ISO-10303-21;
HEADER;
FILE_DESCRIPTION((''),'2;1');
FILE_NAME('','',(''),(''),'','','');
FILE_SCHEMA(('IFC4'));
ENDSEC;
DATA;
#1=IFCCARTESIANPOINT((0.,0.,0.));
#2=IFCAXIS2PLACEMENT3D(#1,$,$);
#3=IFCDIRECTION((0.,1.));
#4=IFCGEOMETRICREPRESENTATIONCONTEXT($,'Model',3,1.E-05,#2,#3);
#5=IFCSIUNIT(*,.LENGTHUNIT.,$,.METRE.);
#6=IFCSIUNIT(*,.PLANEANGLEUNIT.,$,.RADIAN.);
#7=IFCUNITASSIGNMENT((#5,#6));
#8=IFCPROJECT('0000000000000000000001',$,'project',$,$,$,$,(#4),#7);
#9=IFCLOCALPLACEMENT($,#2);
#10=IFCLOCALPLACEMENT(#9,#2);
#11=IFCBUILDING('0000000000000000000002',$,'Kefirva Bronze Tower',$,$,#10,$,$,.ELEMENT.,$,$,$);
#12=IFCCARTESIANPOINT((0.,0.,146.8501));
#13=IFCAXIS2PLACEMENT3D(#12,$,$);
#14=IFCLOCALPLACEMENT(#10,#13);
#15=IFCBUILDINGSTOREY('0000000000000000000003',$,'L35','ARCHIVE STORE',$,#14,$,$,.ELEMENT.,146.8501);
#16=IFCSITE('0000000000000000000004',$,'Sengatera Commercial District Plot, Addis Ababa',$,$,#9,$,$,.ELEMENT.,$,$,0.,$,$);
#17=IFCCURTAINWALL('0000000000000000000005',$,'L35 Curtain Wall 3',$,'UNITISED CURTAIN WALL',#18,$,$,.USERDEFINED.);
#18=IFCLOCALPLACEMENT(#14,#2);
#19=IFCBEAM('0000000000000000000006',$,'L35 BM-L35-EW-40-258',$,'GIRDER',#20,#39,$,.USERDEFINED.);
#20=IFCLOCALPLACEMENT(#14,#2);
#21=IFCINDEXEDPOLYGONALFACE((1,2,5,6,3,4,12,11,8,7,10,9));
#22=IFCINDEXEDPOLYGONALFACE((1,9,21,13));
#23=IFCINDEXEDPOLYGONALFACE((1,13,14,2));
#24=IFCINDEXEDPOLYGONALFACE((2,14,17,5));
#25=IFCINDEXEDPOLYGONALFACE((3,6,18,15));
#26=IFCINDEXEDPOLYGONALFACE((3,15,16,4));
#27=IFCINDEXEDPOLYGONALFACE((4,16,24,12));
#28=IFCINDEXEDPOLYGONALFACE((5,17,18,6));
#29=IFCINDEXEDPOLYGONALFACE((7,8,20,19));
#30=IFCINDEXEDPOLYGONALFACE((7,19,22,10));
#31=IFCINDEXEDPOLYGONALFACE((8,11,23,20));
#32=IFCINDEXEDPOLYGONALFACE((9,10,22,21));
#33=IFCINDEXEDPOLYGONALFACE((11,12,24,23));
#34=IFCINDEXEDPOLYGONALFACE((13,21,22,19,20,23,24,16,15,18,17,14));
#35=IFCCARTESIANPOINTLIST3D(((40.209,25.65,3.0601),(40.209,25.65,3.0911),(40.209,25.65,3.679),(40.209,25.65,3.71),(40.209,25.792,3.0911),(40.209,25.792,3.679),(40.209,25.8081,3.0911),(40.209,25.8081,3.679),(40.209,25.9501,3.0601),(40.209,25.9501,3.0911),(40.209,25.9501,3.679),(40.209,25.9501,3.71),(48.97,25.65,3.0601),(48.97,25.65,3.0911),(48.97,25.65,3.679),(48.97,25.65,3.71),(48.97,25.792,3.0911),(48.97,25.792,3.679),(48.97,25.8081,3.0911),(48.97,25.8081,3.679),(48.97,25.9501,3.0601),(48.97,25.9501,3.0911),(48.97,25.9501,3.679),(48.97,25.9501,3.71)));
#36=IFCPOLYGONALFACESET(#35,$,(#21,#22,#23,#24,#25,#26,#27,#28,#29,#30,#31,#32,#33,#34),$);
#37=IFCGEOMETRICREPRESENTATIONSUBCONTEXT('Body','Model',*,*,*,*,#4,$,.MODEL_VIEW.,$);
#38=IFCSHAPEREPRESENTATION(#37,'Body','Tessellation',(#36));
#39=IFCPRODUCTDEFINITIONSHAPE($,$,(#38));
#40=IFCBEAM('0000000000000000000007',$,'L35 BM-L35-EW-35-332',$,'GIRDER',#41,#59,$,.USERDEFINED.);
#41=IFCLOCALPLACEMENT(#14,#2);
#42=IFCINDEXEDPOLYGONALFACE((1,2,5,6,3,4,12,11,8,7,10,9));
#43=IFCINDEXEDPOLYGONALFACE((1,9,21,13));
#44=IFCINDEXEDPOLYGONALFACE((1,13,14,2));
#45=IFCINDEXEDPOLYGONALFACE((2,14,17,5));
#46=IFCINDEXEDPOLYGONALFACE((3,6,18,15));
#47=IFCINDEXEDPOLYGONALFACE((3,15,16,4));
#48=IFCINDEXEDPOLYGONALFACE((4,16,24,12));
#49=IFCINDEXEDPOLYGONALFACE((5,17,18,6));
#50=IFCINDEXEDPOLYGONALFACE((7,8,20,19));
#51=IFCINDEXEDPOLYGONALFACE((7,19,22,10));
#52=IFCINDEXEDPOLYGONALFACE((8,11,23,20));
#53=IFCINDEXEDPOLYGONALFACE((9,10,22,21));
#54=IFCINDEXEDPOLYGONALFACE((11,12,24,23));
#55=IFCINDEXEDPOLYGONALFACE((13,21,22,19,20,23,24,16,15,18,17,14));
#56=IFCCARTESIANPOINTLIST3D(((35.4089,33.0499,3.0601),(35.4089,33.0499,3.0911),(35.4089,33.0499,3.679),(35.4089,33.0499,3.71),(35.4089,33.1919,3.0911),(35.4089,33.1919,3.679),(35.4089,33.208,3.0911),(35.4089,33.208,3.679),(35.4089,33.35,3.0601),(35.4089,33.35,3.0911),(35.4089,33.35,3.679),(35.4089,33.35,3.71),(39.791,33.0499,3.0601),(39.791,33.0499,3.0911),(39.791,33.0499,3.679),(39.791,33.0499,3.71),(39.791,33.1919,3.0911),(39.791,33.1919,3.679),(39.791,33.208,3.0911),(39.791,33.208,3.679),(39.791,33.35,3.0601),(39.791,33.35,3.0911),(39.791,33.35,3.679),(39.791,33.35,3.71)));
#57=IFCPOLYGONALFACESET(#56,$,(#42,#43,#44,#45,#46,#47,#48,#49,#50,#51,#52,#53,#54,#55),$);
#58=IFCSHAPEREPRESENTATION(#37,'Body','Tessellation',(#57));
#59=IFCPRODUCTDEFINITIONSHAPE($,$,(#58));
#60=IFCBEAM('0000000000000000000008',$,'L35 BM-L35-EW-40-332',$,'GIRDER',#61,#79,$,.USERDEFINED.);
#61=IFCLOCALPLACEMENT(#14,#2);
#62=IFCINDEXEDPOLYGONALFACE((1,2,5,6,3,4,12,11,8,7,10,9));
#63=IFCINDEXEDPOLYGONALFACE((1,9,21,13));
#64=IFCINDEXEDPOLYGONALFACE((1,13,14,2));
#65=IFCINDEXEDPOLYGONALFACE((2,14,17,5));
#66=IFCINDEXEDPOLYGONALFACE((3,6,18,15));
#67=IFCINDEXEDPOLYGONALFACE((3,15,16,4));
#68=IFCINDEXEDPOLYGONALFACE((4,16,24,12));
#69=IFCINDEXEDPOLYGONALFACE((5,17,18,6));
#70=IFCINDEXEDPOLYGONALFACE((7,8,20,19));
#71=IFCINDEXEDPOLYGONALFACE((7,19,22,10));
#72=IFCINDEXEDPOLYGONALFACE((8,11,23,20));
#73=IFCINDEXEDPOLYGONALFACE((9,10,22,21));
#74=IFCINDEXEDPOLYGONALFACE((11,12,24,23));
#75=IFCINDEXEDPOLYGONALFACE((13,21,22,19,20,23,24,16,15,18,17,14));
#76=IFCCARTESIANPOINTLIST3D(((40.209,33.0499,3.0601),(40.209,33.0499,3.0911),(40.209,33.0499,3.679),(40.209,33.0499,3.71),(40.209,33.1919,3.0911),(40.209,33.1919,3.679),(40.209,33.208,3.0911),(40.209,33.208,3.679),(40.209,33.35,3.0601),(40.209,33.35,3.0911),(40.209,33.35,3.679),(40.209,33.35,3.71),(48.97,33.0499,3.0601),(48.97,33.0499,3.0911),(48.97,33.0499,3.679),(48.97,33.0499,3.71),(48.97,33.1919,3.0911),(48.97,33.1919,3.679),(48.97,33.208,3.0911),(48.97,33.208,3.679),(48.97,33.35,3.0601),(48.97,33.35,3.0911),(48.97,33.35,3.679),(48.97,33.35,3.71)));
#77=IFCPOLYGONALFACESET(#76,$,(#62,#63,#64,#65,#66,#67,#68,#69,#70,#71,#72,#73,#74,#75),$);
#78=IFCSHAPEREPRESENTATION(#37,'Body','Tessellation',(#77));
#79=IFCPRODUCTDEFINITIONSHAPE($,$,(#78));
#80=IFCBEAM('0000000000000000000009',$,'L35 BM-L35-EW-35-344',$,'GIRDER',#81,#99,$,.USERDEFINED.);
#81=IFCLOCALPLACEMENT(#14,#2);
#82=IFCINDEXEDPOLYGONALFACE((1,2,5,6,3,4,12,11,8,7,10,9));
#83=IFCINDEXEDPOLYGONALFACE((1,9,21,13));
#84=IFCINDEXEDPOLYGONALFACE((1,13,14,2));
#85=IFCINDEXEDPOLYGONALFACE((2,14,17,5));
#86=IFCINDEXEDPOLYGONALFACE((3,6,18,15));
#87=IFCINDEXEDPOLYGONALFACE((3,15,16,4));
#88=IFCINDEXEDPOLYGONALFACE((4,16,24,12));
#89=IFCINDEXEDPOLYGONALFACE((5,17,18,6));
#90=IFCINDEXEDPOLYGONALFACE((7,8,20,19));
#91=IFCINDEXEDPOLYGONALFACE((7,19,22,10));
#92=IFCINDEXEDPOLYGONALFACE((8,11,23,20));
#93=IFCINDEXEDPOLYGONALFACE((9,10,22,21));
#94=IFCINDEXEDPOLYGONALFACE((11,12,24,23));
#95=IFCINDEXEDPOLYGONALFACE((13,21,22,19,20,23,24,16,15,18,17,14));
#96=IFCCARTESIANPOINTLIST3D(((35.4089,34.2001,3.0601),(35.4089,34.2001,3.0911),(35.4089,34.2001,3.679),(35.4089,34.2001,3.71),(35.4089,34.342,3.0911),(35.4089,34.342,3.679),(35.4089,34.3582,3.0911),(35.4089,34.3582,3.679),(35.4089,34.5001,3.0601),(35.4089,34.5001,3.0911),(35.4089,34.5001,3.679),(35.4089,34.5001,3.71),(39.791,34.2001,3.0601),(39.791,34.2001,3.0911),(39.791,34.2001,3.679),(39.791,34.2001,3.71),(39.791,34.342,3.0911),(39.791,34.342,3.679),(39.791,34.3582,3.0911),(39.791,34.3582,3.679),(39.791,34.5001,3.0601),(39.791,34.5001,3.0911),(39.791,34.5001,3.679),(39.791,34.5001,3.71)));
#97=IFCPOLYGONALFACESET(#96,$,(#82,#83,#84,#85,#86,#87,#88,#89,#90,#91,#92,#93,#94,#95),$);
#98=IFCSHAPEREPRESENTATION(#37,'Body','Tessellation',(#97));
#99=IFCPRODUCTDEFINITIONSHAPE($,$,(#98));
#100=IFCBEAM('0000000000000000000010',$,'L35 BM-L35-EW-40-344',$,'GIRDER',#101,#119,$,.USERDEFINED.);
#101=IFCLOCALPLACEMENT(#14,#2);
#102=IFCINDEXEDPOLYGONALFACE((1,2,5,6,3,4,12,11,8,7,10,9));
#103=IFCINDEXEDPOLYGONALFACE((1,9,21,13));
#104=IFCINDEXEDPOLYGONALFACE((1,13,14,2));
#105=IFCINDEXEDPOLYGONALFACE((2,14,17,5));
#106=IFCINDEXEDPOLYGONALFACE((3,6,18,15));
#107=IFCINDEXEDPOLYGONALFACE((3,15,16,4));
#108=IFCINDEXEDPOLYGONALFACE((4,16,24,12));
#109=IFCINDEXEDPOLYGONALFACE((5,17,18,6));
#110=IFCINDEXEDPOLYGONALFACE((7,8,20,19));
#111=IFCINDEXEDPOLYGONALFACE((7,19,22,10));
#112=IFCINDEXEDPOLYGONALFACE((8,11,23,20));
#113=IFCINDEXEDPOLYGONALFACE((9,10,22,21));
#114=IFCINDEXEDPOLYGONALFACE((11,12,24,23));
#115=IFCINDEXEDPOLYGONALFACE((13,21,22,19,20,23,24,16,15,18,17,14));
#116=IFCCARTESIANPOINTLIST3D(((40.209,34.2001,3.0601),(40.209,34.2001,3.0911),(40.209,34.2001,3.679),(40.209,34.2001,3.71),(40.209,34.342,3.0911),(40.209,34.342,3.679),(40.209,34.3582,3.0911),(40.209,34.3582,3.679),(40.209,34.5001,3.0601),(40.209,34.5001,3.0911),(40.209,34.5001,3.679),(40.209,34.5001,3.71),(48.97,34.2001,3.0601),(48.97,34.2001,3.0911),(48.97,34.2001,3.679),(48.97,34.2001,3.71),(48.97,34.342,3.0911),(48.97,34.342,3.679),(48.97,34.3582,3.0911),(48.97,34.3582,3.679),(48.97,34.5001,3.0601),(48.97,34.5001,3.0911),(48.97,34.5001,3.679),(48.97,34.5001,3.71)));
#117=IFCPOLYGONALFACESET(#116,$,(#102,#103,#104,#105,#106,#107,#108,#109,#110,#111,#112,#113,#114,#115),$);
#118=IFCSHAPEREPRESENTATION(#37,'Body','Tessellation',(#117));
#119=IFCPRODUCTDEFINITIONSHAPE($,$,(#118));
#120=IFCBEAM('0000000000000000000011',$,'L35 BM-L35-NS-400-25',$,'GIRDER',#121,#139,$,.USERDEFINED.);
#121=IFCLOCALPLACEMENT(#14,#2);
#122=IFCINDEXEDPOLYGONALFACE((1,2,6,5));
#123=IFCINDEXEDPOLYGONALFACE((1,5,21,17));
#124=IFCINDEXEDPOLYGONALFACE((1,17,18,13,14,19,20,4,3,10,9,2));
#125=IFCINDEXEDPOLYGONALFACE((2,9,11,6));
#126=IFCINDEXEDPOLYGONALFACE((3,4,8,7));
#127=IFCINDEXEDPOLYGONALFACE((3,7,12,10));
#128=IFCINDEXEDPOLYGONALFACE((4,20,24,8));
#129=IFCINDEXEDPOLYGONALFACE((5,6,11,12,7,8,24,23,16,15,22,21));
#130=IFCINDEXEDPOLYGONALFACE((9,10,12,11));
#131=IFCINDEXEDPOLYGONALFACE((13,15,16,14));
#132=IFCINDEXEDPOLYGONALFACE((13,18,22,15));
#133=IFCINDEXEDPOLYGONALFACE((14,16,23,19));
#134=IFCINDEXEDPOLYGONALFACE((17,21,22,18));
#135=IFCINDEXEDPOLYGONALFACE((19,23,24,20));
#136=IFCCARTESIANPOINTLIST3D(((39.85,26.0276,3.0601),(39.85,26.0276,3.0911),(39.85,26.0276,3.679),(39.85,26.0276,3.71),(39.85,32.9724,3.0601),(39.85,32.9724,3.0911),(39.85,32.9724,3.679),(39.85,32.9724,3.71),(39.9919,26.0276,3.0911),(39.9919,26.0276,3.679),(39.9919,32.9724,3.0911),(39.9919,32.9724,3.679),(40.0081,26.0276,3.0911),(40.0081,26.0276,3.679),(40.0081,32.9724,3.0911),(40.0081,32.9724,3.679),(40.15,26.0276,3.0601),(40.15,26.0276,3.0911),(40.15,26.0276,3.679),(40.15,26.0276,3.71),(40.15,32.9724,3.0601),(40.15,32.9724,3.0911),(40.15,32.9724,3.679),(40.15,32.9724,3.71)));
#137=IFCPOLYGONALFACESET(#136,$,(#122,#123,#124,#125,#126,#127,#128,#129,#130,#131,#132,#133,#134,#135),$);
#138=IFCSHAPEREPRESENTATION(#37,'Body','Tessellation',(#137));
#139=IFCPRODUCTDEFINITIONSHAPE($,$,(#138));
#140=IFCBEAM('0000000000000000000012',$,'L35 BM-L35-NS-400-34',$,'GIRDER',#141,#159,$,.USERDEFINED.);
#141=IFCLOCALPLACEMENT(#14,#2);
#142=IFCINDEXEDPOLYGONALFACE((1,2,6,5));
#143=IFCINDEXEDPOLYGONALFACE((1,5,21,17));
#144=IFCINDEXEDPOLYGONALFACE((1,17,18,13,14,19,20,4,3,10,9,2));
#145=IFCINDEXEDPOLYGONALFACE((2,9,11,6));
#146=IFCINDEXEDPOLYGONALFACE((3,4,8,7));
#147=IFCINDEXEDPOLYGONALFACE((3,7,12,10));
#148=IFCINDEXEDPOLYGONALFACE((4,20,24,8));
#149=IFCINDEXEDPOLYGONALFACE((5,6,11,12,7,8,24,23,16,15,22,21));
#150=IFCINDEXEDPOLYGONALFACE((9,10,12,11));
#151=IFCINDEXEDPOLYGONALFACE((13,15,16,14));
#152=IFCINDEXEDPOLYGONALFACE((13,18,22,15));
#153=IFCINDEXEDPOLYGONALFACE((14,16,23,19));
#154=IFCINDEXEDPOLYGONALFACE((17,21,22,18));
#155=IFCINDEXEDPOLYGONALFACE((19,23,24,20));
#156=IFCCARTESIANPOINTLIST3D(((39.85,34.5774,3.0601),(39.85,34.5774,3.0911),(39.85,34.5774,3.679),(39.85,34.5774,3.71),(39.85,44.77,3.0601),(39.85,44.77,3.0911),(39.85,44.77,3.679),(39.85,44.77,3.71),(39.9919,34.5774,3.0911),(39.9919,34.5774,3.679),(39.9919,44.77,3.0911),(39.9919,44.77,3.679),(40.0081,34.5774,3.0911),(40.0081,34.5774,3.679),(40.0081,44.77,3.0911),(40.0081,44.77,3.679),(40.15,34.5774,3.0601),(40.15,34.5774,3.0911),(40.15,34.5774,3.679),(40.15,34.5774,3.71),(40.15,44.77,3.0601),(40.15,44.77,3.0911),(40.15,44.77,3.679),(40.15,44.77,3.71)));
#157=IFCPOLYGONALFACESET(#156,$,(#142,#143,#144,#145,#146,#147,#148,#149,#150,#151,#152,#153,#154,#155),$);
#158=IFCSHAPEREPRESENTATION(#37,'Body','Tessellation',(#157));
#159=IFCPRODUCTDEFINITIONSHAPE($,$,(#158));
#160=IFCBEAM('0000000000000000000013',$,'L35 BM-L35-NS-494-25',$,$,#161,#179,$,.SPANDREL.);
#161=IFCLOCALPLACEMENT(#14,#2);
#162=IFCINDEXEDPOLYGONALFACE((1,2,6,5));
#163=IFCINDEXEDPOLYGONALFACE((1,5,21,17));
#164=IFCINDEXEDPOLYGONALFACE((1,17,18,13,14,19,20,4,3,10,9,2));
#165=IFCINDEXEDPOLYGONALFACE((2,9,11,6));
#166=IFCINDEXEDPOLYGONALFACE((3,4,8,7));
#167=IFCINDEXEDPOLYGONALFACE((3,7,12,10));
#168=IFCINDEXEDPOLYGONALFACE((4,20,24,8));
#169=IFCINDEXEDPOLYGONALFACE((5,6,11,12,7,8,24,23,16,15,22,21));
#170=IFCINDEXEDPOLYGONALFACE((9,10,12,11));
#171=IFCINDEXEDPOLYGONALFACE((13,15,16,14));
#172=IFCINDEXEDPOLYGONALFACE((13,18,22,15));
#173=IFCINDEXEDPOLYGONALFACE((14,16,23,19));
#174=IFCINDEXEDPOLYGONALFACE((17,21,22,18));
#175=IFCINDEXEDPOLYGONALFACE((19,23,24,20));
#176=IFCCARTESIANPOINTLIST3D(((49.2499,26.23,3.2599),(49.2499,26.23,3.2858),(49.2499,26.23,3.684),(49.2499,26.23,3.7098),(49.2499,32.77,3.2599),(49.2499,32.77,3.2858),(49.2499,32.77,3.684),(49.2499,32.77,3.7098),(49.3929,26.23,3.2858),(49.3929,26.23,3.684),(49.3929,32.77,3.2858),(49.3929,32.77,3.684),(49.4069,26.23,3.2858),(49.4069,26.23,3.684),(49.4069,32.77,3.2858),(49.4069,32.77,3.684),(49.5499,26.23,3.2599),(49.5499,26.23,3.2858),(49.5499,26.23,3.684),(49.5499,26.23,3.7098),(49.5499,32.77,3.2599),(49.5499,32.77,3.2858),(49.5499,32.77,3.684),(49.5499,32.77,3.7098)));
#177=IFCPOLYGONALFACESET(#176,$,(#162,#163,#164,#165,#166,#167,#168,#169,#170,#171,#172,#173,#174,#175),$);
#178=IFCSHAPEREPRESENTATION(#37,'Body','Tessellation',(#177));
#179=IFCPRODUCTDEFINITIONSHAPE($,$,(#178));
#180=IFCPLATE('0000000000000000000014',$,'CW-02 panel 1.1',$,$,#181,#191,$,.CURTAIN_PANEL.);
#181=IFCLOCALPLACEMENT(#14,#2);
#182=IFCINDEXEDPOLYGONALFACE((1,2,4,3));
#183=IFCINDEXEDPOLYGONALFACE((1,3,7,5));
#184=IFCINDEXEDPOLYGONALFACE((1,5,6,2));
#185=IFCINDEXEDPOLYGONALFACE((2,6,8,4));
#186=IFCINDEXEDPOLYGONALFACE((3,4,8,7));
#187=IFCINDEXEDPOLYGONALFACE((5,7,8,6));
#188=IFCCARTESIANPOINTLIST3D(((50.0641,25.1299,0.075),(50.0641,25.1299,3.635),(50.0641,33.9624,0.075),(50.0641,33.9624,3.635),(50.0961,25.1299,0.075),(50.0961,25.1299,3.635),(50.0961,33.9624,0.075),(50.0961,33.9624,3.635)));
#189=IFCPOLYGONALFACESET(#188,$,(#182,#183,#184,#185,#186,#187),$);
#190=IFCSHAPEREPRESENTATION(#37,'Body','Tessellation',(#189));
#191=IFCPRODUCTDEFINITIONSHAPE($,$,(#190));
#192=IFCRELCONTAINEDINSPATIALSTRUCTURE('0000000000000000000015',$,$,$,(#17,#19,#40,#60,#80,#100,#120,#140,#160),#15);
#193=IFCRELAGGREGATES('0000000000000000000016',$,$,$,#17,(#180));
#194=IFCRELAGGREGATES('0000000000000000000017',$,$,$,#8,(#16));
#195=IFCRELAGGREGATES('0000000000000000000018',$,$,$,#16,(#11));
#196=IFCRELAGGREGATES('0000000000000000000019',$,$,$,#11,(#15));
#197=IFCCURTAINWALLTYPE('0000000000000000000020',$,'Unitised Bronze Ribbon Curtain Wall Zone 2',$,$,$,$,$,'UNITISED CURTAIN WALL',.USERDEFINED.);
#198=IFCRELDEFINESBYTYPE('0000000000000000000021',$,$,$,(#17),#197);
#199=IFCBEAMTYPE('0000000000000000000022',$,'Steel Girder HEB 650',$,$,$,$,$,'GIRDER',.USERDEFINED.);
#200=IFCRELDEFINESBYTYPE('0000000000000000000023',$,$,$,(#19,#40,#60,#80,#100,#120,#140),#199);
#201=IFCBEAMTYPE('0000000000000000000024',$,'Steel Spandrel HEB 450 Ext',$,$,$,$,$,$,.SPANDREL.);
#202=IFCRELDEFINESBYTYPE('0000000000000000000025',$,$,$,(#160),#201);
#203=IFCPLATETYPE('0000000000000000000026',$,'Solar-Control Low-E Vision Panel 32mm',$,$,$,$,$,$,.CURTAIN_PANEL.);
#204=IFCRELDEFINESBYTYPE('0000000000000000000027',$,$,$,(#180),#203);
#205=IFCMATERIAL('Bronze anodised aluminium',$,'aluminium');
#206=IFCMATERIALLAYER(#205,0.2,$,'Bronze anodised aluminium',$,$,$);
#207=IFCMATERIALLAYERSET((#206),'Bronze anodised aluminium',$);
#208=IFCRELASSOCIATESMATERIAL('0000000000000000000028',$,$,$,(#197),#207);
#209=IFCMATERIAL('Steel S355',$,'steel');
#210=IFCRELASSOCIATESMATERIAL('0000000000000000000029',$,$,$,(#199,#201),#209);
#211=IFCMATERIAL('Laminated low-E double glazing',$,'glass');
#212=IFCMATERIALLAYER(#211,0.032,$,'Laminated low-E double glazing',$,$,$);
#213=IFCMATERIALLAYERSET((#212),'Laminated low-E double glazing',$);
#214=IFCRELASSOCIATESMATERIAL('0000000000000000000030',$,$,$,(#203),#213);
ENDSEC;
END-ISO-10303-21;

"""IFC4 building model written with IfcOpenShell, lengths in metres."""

from ifc_helpers import new_model, si_unit, direction, frame, origin, origin_2d, place, context, subcontext, project, spatial, rectangle, i_section, extrude, material, layer, layer_set, material_profile, profile_set, type_object, element, aggregate, save


model = new_model("IFC4")

# Units and contexts
model_context = context("Model", 3, precision=1e-05, world=origin(), true_north=direction((0.0, 1.0)))
body_context = subcontext(model_context, "Body", "Model", "MODEL_VIEW")
ifc_project = project(units=[si_unit("LENGTHUNIT", "METRE"), si_unit("PLANEANGLEUNIT", "RADIAN")], contexts=[model_context])

# Site, building, storey
site_placement = place(None, origin())
site = spatial("IfcSite", under=ifc_project, at=site_placement, Name="Sengatera Commercial District Plot, Addis Ababa", CompositionType="ELEMENT", RefElevation=0.0)
building_placement = place(site_placement, origin())
building = spatial("IfcBuilding", under=site, at=building_placement, Name="Kefirva Bronze Tower", CompositionType="ELEMENT")
storey_placement = place(building_placement, frame((0.0, 0.0, 146.8501)))
storey = spatial("IfcBuildingStorey", under=building, at=storey_placement, Name="L35", Description="ARCHIVE STORE", CompositionType="ELEMENT", Elevation=146.8501)

# Curtain wall
ifc_material_1 = material(Name="Bronze anodised aluminium", Category="aluminium")
ifc_layer_1 = layer(ifc_material_1, 0.2, Name="Bronze anodised aluminium")
ifc_layer_set_1 = layer_set([ifc_layer_1], Name="Bronze anodised aluminium")
curtain_wall_type = type_object("IfcCurtainWallType", Name="Unitised Bronze Ribbon Curtain Wall Zone 2", ElementType="UNITISED CURTAIN WALL", PredefinedType="USERDEFINED", material=ifc_layer_set_1)
curtain_wall_placement = place(storey_placement, origin())
curtain_wall = element("IfcCurtainWall", 1, at=curtain_wall_placement, inside=storey, type_object=curtain_wall_type, Name="L35 Curtain Wall 3", ObjectType="UNITISED CURTAIN WALL", PredefinedType="USERDEFINED")

# Beams
ifc_material_2 = material(Name="Steel S355", Category="steel")
ifc_material_profile_1 = material_profile(ifc_material_2, i_section(OverallWidth=0.3, OverallDepth=0.6499, WebThickness=0.0161, FlangeThickness=0.031, at=origin_2d()), Name="HEB 650")
ifc_profile_set_1 = profile_set([ifc_material_profile_1], Name="Steel S355")
beam_type_1 = type_object("IfcBeamType", Name="Steel Girder HEB 650", ElementType="GIRDER", PredefinedType="USERDEFINED", material=ifc_profile_set_1)
beam_1_placement = place(storey_placement, frame((40.209, 25.8, 3.385), z_axis=(1.0, 0.0, 0.0), x_axis=(0.0, 1.0, 0.0)))
element("IfcBeam", 2, at=beam_1_placement, inside=storey, type_object=beam_type_1, Name="L35 BM-L35-EW-40-258", ObjectType="GIRDER", PredefinedType="USERDEFINED", context=body_context, shape_type="SweptSolid", body=[
    extrude(i_section(OverallWidth=0.3, OverallDepth=0.6499, WebThickness=0.0161, FlangeThickness=0.031, at=origin_2d()), origin(), (0.0, 0.0, 1.0), 8.761),
])
beam_2_placement = place(storey_placement, frame((35.4089, 33.2, 3.385), z_axis=(1.0, 0.0, 0.0), x_axis=(0.0, 1.0, 0.0)))
element("IfcBeam", 3, at=beam_2_placement, inside=storey, type_object=beam_type_1, Name="L35 BM-L35-EW-35-332", ObjectType="GIRDER", PredefinedType="USERDEFINED", context=body_context, shape_type="SweptSolid", body=[
    extrude(i_section(OverallWidth=0.3, OverallDepth=0.6499, WebThickness=0.0161, FlangeThickness=0.031, at=origin_2d()), origin(), (0.0, 0.0, 1.0), 4.3821),
])
beam_3_placement = place(storey_placement, frame((40.209, 33.2, 3.385), z_axis=(1.0, 0.0, 0.0), x_axis=(0.0, 1.0, 0.0)))
element("IfcBeam", 4, at=beam_3_placement, inside=storey, type_object=beam_type_1, Name="L35 BM-L35-EW-40-332", ObjectType="GIRDER", PredefinedType="USERDEFINED", context=body_context, shape_type="SweptSolid", body=[
    extrude(i_section(OverallWidth=0.3, OverallDepth=0.6499, WebThickness=0.0161, FlangeThickness=0.031, at=origin_2d()), origin(), (0.0, 0.0, 1.0), 8.761),
])
beam_4_placement = place(storey_placement, frame((35.4089, 34.3501, 3.385), z_axis=(1.0, 0.0, 0.0), x_axis=(0.0, 1.0, 0.0)))
element("IfcBeam", 5, at=beam_4_placement, inside=storey, type_object=beam_type_1, Name="L35 BM-L35-EW-35-344", ObjectType="GIRDER", PredefinedType="USERDEFINED", context=body_context, shape_type="SweptSolid", body=[
    extrude(i_section(OverallWidth=0.3, OverallDepth=0.6499, WebThickness=0.0161, FlangeThickness=0.031, at=origin_2d()), origin(), (0.0, 0.0, 1.0), 4.3821),
])
beam_5_placement = place(storey_placement, frame((40.209, 34.3501, 3.385), z_axis=(1.0, 0.0, 0.0), x_axis=(0.0, 1.0, 0.0)))
element("IfcBeam", 6, at=beam_5_placement, inside=storey, type_object=beam_type_1, Name="L35 BM-L35-EW-40-344", ObjectType="GIRDER", PredefinedType="USERDEFINED", context=body_context, shape_type="SweptSolid", body=[
    extrude(i_section(OverallWidth=0.3, OverallDepth=0.6499, WebThickness=0.0161, FlangeThickness=0.031, at=origin_2d()), origin(), (0.0, 0.0, 1.0), 8.761),
])
beam_6_placement = place(storey_placement, frame((40.0, 26.0276, 3.385), z_axis=(0.0, 1.0, 0.0), x_axis=(-1.0, 0.0, 0.0)))
element("IfcBeam", 7, at=beam_6_placement, inside=storey, type_object=beam_type_1, Name="L35 BM-L35-NS-400-25", ObjectType="GIRDER", PredefinedType="USERDEFINED", context=body_context, shape_type="SweptSolid", body=[
    extrude(i_section(OverallWidth=0.3, OverallDepth=0.6499, WebThickness=0.0161, FlangeThickness=0.031, at=origin_2d()), origin(), (0.0, 0.0, 1.0), 6.9448),
])
beam_7_placement = place(storey_placement, frame((40.0, 34.5774, 3.385), z_axis=(0.0, 1.0, 0.0), x_axis=(-1.0, 0.0, 0.0)))
element("IfcBeam", 8, at=beam_7_placement, inside=storey, type_object=beam_type_1, Name="L35 BM-L35-NS-400-34", ObjectType="GIRDER", PredefinedType="USERDEFINED", context=body_context, shape_type="SweptSolid", body=[
    extrude(i_section(OverallWidth=0.3, OverallDepth=0.6499, WebThickness=0.0161, FlangeThickness=0.031, at=origin_2d()), origin(), (0.0, 0.0, 1.0), 10.1926),
])
ifc_material_profile_2 = material_profile(ifc_material_2, i_section(OverallWidth=0.3, OverallDepth=0.45, WebThickness=0.0139, FlangeThickness=0.0259, at=origin_2d()), Name="HEB 450")
ifc_profile_set_2 = profile_set([ifc_material_profile_2], Name="Steel S355")
beam_type_2 = type_object("IfcBeamType", Name="Steel Spandrel HEB 450 Ext", PredefinedType="SPANDREL", material=ifc_profile_set_2)
beam_8_placement = place(storey_placement, frame((49.3999, 26.23, 3.4849), z_axis=(0.0, 1.0, 0.0), x_axis=(-1.0, 0.0, 0.0)))
element("IfcBeam", 9, at=beam_8_placement, inside=storey, type_object=beam_type_2, Name="L35 BM-L35-NS-494-25", PredefinedType="SPANDREL", context=body_context, shape_type="SweptSolid", body=[
    extrude(i_section(OverallWidth=0.3, OverallDepth=0.45, WebThickness=0.0139, FlangeThickness=0.0259, at=origin_2d()), origin(), (0.0, 0.0, 1.0), 6.54),
])

# Plate
ifc_material_3 = material(Name="Laminated low-E double glazing", Category="glass")
ifc_layer_2 = layer(ifc_material_3, 0.032, Name="Laminated low-E double glazing")
ifc_layer_set_2 = layer_set([ifc_layer_2], Name="Laminated low-E double glazing")
plate_type = type_object("IfcPlateType", Name="Solar-Control Low-E Vision Panel 32mm", PredefinedType="CURTAIN_PANEL", material=ifc_layer_set_2)
plate_placement = place(storey_placement, frame((50.0801, 29.5461, 0.075), z_axis=(0.0, 0.0, 1.0), x_axis=(0.0, 1.0, 0.0)))
plate = element("IfcPlate", 10, at=plate_placement, type_object=plate_type, Name="CW-02 panel 1.1", PredefinedType="CURTAIN_PANEL", context=body_context, shape_type="SweptSolid", body=[
    extrude(rectangle(XDim=8.8325, YDim=0.032, at=origin_2d()), origin(), (0.0, 0.0, 1.0), 3.5601),
])
aggregate(curtain_wall, [plate])

save(model, "model.ifc")
